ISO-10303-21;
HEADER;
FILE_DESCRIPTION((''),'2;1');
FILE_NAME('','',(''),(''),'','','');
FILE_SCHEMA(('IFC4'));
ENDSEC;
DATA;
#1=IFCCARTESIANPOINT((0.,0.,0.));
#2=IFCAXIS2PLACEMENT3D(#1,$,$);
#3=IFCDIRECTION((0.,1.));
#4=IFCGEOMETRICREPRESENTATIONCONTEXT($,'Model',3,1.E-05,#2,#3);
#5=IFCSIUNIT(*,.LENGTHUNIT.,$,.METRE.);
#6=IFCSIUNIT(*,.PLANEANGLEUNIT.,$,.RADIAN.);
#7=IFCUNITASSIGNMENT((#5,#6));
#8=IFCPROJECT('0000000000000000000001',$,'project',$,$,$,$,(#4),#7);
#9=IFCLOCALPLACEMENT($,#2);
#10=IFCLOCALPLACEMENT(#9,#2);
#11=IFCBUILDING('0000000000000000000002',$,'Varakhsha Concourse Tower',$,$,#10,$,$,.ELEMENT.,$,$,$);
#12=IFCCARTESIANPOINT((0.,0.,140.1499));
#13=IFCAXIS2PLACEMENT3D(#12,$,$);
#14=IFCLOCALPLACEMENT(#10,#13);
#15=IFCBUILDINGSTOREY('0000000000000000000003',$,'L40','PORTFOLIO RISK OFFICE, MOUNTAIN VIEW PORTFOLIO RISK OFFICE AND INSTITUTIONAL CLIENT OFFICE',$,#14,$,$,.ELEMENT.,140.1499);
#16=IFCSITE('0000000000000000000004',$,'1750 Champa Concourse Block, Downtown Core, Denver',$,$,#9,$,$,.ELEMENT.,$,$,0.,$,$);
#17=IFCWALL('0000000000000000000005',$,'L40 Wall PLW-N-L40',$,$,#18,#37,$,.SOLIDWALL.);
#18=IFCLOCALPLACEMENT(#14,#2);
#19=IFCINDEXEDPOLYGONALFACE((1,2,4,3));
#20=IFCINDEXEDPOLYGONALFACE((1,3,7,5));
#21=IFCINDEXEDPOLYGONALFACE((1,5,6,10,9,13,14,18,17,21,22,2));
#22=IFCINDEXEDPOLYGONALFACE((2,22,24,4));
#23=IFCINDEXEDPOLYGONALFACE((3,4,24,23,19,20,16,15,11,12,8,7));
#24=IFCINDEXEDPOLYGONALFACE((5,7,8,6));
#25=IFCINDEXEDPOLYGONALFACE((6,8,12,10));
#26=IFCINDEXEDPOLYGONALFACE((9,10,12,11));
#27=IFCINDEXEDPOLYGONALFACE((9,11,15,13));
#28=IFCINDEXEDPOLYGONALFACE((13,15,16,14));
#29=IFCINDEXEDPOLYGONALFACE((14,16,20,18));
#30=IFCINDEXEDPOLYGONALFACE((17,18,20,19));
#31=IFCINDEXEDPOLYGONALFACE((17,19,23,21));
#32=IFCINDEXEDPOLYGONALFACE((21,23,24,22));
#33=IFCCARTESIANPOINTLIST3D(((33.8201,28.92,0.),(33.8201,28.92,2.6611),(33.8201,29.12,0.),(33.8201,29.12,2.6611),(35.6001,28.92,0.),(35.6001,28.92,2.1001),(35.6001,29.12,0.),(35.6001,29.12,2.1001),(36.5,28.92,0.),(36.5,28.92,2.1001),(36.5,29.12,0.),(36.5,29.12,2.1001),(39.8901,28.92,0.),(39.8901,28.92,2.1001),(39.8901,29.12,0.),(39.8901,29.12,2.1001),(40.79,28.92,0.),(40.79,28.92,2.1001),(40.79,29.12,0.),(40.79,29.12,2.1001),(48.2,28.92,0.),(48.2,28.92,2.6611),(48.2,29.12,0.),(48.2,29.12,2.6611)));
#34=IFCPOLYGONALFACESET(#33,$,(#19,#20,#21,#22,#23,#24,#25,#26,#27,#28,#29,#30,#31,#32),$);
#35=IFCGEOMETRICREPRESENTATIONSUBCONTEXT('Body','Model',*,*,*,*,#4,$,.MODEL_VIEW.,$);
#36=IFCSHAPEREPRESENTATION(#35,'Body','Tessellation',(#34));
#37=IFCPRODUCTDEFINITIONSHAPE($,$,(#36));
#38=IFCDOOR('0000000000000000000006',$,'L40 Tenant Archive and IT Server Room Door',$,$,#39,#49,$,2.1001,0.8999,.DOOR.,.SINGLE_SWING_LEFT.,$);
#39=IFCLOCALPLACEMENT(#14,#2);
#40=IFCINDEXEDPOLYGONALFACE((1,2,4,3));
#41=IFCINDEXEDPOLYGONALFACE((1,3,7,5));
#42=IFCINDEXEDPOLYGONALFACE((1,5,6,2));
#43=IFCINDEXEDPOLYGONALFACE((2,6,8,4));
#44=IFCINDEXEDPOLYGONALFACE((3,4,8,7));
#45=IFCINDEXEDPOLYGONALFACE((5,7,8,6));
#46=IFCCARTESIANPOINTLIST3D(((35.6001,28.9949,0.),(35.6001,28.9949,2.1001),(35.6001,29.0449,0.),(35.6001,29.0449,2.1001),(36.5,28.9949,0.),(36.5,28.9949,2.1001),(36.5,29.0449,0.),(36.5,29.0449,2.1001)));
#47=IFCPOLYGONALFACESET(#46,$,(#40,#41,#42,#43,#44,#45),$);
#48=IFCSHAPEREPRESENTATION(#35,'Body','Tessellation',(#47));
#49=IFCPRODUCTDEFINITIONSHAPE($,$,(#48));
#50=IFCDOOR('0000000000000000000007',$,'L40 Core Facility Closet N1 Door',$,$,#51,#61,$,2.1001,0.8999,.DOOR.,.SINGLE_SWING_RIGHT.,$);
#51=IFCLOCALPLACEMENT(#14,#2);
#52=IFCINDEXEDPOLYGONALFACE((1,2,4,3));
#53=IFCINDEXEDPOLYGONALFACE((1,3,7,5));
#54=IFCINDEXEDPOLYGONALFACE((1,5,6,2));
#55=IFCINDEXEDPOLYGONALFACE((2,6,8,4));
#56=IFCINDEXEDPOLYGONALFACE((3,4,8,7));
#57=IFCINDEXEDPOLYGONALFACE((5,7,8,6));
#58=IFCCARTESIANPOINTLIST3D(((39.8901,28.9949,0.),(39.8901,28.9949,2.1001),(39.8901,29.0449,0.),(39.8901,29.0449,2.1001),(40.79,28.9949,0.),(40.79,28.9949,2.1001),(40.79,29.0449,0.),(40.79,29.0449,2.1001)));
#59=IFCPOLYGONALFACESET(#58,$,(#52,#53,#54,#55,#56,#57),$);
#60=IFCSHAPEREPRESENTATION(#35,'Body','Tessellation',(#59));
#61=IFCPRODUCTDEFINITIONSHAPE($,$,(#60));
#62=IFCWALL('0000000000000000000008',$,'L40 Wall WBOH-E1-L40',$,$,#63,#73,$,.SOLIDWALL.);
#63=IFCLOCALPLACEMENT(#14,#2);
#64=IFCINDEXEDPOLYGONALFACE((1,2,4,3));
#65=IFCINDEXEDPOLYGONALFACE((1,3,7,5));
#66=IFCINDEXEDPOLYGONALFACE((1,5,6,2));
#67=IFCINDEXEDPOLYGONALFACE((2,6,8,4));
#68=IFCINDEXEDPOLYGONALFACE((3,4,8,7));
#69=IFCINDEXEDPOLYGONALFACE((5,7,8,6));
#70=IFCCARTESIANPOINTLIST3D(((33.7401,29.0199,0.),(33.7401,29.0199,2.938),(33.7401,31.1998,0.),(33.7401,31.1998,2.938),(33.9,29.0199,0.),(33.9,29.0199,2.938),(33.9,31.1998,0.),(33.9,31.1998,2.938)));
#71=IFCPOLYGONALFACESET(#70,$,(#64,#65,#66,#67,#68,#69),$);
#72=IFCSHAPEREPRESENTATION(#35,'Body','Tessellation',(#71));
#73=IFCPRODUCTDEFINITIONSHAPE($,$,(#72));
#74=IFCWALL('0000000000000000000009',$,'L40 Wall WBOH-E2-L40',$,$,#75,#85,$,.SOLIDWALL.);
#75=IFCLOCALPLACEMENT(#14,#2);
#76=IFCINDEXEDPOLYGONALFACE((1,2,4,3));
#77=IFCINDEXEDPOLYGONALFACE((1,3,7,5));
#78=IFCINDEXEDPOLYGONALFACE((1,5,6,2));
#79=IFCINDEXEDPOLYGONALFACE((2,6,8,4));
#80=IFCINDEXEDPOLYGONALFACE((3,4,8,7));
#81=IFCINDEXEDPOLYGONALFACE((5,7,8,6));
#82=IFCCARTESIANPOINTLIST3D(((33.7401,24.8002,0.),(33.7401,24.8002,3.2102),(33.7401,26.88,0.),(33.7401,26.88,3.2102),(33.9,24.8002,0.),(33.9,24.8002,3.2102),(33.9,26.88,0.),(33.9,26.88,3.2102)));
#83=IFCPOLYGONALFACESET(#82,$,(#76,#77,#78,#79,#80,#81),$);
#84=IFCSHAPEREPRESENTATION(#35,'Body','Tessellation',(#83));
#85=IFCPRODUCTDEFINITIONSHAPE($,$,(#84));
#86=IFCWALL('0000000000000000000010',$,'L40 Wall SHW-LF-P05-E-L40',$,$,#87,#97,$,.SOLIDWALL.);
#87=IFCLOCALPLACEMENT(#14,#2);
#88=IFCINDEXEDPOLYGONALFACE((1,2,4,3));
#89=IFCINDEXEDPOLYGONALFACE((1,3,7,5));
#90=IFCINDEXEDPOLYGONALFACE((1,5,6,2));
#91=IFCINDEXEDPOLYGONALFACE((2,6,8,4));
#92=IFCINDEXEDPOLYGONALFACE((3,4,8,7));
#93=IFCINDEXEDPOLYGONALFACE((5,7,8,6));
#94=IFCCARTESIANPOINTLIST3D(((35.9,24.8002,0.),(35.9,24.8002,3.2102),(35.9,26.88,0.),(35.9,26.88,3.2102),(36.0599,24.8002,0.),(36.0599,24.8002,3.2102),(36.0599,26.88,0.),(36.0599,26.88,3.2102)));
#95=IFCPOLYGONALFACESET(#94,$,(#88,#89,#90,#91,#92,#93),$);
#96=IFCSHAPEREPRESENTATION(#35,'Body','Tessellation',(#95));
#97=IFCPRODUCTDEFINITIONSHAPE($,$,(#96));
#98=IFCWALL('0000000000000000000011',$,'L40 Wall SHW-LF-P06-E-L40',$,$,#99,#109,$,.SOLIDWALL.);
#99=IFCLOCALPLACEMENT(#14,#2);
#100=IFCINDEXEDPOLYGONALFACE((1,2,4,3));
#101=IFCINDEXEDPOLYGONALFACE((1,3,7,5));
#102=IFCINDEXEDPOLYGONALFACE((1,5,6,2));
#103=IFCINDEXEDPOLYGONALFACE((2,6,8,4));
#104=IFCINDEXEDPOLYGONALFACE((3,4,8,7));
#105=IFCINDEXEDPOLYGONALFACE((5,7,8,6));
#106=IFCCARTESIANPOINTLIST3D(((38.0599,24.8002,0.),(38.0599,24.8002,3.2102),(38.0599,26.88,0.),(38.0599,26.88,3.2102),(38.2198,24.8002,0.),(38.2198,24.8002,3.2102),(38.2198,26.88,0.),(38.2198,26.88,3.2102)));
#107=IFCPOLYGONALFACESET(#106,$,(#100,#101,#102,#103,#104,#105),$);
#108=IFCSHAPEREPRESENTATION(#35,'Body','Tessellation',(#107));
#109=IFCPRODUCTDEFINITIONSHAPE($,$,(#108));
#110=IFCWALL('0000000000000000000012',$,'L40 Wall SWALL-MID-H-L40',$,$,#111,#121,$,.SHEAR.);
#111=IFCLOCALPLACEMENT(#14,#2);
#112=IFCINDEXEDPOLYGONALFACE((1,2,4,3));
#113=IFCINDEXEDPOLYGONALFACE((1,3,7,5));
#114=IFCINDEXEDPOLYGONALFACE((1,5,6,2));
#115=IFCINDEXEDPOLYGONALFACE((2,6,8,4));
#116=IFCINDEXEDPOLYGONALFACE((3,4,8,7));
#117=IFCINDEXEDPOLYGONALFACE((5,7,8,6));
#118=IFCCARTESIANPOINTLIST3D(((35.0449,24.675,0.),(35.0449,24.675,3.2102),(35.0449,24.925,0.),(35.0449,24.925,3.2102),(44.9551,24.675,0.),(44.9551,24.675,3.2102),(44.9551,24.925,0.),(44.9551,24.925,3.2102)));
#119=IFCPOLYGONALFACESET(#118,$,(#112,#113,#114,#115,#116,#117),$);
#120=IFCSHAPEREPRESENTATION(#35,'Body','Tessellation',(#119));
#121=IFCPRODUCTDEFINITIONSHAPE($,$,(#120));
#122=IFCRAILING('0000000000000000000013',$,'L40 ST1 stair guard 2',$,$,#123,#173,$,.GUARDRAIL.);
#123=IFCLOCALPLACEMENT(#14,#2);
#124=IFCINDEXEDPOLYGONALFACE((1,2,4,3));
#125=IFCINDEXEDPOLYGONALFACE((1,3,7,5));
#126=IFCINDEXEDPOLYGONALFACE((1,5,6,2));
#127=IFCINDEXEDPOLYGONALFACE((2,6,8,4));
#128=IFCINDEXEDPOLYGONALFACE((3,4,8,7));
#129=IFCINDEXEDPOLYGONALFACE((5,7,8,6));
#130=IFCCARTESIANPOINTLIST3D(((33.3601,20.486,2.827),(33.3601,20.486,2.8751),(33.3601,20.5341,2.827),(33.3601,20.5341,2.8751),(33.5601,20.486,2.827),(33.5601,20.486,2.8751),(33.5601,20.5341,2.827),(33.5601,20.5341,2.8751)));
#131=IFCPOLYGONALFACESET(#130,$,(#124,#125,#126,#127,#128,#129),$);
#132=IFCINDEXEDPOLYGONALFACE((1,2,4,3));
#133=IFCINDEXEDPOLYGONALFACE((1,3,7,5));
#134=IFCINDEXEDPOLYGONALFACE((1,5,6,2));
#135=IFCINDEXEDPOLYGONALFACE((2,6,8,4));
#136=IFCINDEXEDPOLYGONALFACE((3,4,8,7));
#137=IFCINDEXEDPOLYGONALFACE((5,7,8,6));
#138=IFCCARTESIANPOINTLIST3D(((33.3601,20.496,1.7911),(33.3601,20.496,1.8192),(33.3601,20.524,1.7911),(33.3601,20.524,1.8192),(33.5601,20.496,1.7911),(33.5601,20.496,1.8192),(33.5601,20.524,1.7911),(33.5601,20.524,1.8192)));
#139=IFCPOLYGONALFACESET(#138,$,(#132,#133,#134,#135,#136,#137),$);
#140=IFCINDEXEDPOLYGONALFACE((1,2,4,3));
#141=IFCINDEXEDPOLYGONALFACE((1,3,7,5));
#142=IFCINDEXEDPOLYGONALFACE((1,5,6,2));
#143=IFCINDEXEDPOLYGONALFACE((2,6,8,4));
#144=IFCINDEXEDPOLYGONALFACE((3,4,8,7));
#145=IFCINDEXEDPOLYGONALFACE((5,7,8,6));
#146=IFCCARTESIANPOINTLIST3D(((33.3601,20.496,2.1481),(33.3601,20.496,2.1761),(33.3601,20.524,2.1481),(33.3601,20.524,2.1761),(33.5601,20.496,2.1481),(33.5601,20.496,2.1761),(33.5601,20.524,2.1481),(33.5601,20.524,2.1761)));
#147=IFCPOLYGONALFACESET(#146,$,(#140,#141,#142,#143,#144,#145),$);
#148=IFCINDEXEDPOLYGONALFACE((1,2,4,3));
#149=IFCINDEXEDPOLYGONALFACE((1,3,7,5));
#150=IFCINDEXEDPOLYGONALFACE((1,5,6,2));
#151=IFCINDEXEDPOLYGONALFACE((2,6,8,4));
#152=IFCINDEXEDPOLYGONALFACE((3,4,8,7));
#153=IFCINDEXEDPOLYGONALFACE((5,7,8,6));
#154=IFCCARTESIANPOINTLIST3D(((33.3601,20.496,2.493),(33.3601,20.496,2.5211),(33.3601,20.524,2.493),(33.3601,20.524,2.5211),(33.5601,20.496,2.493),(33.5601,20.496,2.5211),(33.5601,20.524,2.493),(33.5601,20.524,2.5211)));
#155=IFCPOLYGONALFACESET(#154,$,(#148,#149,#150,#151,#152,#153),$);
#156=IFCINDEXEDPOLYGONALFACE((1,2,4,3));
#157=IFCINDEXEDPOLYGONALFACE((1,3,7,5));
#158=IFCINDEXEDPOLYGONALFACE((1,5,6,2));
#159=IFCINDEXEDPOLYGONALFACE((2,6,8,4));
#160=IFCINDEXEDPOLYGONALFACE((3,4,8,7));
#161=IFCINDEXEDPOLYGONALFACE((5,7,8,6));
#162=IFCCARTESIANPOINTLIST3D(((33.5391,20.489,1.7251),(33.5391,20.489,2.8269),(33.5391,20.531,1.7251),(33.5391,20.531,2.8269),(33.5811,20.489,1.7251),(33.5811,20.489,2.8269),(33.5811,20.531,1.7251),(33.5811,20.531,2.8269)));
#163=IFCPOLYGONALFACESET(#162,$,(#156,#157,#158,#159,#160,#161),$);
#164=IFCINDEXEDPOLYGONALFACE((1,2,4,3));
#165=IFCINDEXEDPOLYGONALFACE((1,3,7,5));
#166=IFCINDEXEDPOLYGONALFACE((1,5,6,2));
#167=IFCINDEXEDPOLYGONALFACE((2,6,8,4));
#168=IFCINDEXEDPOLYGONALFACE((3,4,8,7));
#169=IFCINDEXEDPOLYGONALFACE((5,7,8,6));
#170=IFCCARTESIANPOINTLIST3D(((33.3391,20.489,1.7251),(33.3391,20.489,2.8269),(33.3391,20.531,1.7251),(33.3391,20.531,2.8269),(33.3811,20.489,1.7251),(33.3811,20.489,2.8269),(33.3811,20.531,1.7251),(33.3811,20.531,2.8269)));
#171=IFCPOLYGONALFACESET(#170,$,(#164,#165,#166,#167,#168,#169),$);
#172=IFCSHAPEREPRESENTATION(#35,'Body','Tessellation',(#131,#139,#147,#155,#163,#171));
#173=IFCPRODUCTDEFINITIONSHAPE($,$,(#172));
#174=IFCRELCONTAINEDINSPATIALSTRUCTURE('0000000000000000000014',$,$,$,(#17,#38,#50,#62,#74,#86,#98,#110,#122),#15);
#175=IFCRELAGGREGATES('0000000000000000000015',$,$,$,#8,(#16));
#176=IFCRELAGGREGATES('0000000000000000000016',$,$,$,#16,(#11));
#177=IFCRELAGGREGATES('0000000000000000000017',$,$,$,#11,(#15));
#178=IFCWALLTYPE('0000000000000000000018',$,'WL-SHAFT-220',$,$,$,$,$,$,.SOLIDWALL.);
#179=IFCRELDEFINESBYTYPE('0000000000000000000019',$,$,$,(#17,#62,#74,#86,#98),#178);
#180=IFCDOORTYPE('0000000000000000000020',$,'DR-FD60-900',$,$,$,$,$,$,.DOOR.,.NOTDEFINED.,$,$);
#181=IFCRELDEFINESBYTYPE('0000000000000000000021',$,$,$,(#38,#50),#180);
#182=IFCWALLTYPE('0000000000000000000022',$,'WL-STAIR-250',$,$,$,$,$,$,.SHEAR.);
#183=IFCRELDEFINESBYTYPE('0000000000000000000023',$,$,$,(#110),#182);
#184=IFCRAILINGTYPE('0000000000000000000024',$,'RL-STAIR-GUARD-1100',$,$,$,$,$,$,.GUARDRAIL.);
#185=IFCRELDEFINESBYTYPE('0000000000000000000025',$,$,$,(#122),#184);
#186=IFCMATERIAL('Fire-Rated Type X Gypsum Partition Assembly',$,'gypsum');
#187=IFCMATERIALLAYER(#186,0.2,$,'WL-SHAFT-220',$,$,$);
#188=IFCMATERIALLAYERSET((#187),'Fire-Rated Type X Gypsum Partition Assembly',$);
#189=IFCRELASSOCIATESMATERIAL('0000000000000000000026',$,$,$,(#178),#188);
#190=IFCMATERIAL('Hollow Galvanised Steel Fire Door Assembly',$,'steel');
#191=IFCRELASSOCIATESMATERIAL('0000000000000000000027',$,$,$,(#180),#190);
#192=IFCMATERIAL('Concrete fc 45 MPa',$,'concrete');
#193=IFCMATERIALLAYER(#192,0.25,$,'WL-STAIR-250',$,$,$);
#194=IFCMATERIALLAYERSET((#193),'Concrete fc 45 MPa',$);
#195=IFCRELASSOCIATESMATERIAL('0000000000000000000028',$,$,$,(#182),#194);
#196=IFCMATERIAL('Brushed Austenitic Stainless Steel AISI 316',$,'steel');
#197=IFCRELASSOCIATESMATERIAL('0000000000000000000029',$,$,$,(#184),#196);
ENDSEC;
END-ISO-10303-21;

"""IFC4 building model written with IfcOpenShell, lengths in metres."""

from ifc_helpers import new_model, si_unit, direction, frame, frame_2d, origin, origin_2d, place, context, subcontext, project, spatial, rectangle, extrude, material, layer, layer_set, type_object, element, fill, save


model = new_model("IFC4")

# Units and contexts
model_context = context("Model", 3, precision=1e-05, world=origin(), true_north=direction((0.0, 1.0)))
body_context = subcontext(model_context, "Body", "Model", "MODEL_VIEW")
ifc_project = project(units=[si_unit("LENGTHUNIT", "METRE"), si_unit("PLANEANGLEUNIT", "RADIAN")], contexts=[model_context])

# Site, building, storey
site_placement = place(None, origin())
site = spatial("IfcSite", under=ifc_project, at=site_placement, Name="1750 Champa Concourse Block, Downtown Core, Denver", CompositionType="ELEMENT", RefElevation=0.0)
building_placement = place(site_placement, origin())
building = spatial("IfcBuilding", under=site, at=building_placement, Name="Varakhsha Concourse Tower", CompositionType="ELEMENT")
storey_placement = place(building_placement, frame((0.0, 0.0, 140.1499)))
storey = spatial("IfcBuildingStorey", under=building, at=storey_placement, Name="L40", Description="PORTFOLIO RISK OFFICE, MOUNTAIN VIEW PORTFOLIO RISK OFFICE AND INSTITUTIONAL CLIENT OFFICE", CompositionType="ELEMENT", Elevation=140.1499)

# Shared definitions
ifc_material_1 = material(Name="Fire-Rated Type X Gypsum Partition Assembly", Category="gypsum")
ifc_material_2 = material(Name="Hollow Galvanised Steel Fire Door Assembly", Category="steel")

# Shared definitions
ifc_layer_1 = layer(ifc_material_1, 0.2, Name="WL-SHAFT-220")
ifc_layer_set_1 = layer_set([ifc_layer_1], Name="Fire-Rated Type X Gypsum Partition Assembly")
wall_type_1 = type_object("IfcWallType", Name="WL-SHAFT-220", PredefinedType="SOLIDWALL", material=ifc_layer_set_1)
ifc_material_3 = material(Name="Brushed Austenitic Stainless Steel AISI 316", Category="steel")

# Wall, openings, doors
wall_1_placement = place(storey_placement, frame((33.8201, 29.02, 0.0), z_axis=(0.0, 0.0, 1.0), x_axis=(1.0, 0.0, 0.0)))
wall_1 = element("IfcWall", 1, at=wall_1_placement, inside=storey, type_object=wall_type_1, Name="L40 Wall PLW-N-L40", PredefinedType="SOLIDWALL", context=body_context, shape_type="SweptSolid", body=[
    extrude(rectangle(XDim=14.3799, YDim=0.2, at=frame_2d((7.1899, 0.0))), origin(), (0.0, 0.0, 1.0), 2.6611),
])
opening_1_placement = place(wall_1_placement, frame((1.78, 0.0, 0.0)))
opening_1 = element("IfcOpeningElement", 2, at=opening_1_placement, cuts=wall_1, PredefinedType="OPENING", context=body_context, shape_type="SweptSolid", body=[
    extrude(rectangle(XDim=0.8999, YDim=2.1001, at=frame_2d((0.45, 1.05))), frame((0.0, 0.1099, 0.0), z_axis=(0.0, -1.0, 0.0), x_axis=(1.0, 0.0, 0.0)), (0.0, 0.0, 1.0), 0.22),
])
opening_2_placement = place(wall_1_placement, frame((6.0701, 0.0, 0.0)))
opening_2 = element("IfcOpeningElement", 3, at=opening_2_placement, cuts=wall_1, PredefinedType="OPENING", context=body_context, shape_type="SweptSolid", body=[
    extrude(rectangle(XDim=0.8999, YDim=2.1001, at=frame_2d((0.45, 1.05))), frame((0.0, 0.1099, 0.0), z_axis=(0.0, -1.0, 0.0), x_axis=(1.0, 0.0, 0.0)), (0.0, 0.0, 1.0), 0.22),
])
door_type_1 = type_object("IfcDoorType", Name="DR-FD60-900", OperationType="NOTDEFINED", PredefinedType="DOOR", material=ifc_material_2)
door_1_placement = place(opening_1_placement, origin())
door_1 = element("IfcDoor", 4, at=door_1_placement, inside=storey, type_object=door_type_1, Name="L40 Tenant Archive and IT Server Room Door", OperationType="SINGLE_SWING_LEFT", OverallHeight=2.1001, OverallWidth=0.8999, PredefinedType="DOOR", context=body_context, shape_type="SweptSolid", body=[
    extrude(rectangle(XDim=0.8999, YDim=2.1001, at=frame_2d((0.45, 1.05))), frame((0.0, 0.0249, 0.0), z_axis=(0.0, -1.0, 0.0), x_axis=(1.0, 0.0, 0.0)), (0.0, 0.0, 1.0), 0.05),
])
fill(opening_1, door_1)
door_2_placement = place(opening_2_placement, origin())
door_2 = element("IfcDoor", 5, at=door_2_placement, inside=storey, type_object=door_type_1, Name="L40 Core Facility Closet N1 Door", OperationType="SINGLE_SWING_RIGHT", OverallHeight=2.1001, OverallWidth=0.8999, PredefinedType="DOOR", context=body_context, shape_type="SweptSolid", body=[
    extrude(rectangle(XDim=0.8999, YDim=2.1001, at=frame_2d((0.45, 1.05))), frame((0.0, 0.0249, 0.0), z_axis=(0.0, -1.0, 0.0), x_axis=(1.0, 0.0, 0.0)), (0.0, 0.0, 1.0), 0.05),
])
fill(opening_2, door_2)

# Walls
wall_2_placement = place(storey_placement, frame((33.8201, 29.02, 0.0), z_axis=(0.0, 0.0, 1.0), x_axis=(0.0, 1.0, 0.0)))
element("IfcWall", 6, at=wall_2_placement, inside=storey, type_object=wall_type_1, Name="L40 Wall WBOH-E1-L40", PredefinedType="SOLIDWALL", context=body_context, shape_type="SweptSolid", body=[
    extrude(rectangle(XDim=2.1799, YDim=0.1599, at=frame_2d((1.0898, 0.0))), origin(), (0.0, 0.0, 1.0), 2.938),
])
for number, where, z_axis, x_axis, name in (
    (7, (33.8201, 24.8, 0.0), (0.0, 0.0, 1.0), (0.0, 1.0, 0.0), "L40 Wall WBOH-E2-L40"),
    (8, (35.98, 24.8, 0.0), (0.0, 0.0, 1.0), (0.0, 1.0, 0.0), "L40 Wall SHW-LF-P05-E-L40"),
    (9, (38.1399, 24.8, 0.0), (0.0, 0.0, 1.0), (0.0, 1.0, 0.0), "L40 Wall SHW-LF-P06-E-L40"),
):
    element("IfcWall", number, at=place(storey_placement, frame(where, z_axis=z_axis, x_axis=x_axis)), inside=storey, type_object=wall_type_1, Name=name, PredefinedType="SOLIDWALL", context=body_context, shape_type="SweptSolid", body=[
        extrude(rectangle(XDim=2.0798, YDim=0.1599, at=frame_2d((1.04, 0.0))), origin(), (0.0, 0.0, 1.0), 3.2102),
    ])
ifc_material_4 = material(Name="Concrete fc 45 MPa", Category="concrete")
ifc_layer_2 = layer(ifc_material_4, 0.25, Name="WL-STAIR-250")
ifc_layer_set_2 = layer_set([ifc_layer_2], Name="Concrete fc 45 MPa")
wall_type_2 = type_object("IfcWallType", Name="WL-STAIR-250", PredefinedType="SHEAR", material=ifc_layer_set_2)
wall_3_placement = place(storey_placement, frame((35.0449, 24.8, 0.0), z_axis=(0.0, 0.0, 1.0), x_axis=(1.0, 0.0, 0.0)))
element("IfcWall", 10, at=wall_3_placement, inside=storey, type_object=wall_type_2, Name="L40 Wall SWALL-MID-H-L40", PredefinedType="SHEAR", context=body_context, shape_type="SweptSolid", body=[
    extrude(rectangle(XDim=9.9102, YDim=0.25, at=frame_2d((4.9551, 0.0))), origin(), (0.0, 0.0, 1.0), 3.2102),
])

# Railing
railing_type = type_object("IfcRailingType", Name="RL-STAIR-GUARD-1100", PredefinedType="GUARDRAIL", material=ifc_material_3)
railing_1_placement = place(storey_placement, frame((33.5601, 20.51, 1.7251)))
element("IfcRailing", 11, at=railing_1_placement, inside=storey, type_object=railing_type, Name="L40 ST1 stair guard 2", PredefinedType="GUARDRAIL", context=body_context, shape_type="SweptSolid", body=[
    extrude(rectangle(XDim=0.0481, YDim=0.0481, at=origin_2d()), frame((0.0, 0.0, 1.126), z_axis=(-1.0, 0.0, 0.0), x_axis=(0.0, -1.0, 0.0)), (0.0, 0.0, 1.0), 0.2),
    extrude(rectangle(XDim=0.0281, YDim=0.0281, at=origin_2d()), frame((0.0, 0.0, 0.0801), z_axis=(-1.0, 0.0, 0.0), x_axis=(0.0, -1.0, 0.0)), (0.0, 0.0, 1.0), 0.2),
    extrude(rectangle(XDim=0.0281, YDim=0.0281, at=origin_2d()), frame((0.0, 0.0, 0.437), z_axis=(-1.0, 0.0, 0.0), x_axis=(0.0, -1.0, 0.0)), (0.0, 0.0, 1.0), 0.2),
    extrude(rectangle(XDim=0.0281, YDim=0.0281, at=origin_2d()), frame((0.0, 0.0, 0.782), z_axis=(-1.0, 0.0, 0.0), x_axis=(0.0, -1.0, 0.0)), (0.0, 0.0, 1.0), 0.2),
    extrude(rectangle(XDim=0.042, YDim=0.042, at=origin_2d()), origin(), (0.0, 0.0, 1.0), 1.1018),
    extrude(rectangle(XDim=0.042, YDim=0.042, at=origin_2d()), frame((-0.2, 0.0, 0.0)), (0.0, 0.0, 1.0), 1.1018),
])

save(model, "model.ifc")
